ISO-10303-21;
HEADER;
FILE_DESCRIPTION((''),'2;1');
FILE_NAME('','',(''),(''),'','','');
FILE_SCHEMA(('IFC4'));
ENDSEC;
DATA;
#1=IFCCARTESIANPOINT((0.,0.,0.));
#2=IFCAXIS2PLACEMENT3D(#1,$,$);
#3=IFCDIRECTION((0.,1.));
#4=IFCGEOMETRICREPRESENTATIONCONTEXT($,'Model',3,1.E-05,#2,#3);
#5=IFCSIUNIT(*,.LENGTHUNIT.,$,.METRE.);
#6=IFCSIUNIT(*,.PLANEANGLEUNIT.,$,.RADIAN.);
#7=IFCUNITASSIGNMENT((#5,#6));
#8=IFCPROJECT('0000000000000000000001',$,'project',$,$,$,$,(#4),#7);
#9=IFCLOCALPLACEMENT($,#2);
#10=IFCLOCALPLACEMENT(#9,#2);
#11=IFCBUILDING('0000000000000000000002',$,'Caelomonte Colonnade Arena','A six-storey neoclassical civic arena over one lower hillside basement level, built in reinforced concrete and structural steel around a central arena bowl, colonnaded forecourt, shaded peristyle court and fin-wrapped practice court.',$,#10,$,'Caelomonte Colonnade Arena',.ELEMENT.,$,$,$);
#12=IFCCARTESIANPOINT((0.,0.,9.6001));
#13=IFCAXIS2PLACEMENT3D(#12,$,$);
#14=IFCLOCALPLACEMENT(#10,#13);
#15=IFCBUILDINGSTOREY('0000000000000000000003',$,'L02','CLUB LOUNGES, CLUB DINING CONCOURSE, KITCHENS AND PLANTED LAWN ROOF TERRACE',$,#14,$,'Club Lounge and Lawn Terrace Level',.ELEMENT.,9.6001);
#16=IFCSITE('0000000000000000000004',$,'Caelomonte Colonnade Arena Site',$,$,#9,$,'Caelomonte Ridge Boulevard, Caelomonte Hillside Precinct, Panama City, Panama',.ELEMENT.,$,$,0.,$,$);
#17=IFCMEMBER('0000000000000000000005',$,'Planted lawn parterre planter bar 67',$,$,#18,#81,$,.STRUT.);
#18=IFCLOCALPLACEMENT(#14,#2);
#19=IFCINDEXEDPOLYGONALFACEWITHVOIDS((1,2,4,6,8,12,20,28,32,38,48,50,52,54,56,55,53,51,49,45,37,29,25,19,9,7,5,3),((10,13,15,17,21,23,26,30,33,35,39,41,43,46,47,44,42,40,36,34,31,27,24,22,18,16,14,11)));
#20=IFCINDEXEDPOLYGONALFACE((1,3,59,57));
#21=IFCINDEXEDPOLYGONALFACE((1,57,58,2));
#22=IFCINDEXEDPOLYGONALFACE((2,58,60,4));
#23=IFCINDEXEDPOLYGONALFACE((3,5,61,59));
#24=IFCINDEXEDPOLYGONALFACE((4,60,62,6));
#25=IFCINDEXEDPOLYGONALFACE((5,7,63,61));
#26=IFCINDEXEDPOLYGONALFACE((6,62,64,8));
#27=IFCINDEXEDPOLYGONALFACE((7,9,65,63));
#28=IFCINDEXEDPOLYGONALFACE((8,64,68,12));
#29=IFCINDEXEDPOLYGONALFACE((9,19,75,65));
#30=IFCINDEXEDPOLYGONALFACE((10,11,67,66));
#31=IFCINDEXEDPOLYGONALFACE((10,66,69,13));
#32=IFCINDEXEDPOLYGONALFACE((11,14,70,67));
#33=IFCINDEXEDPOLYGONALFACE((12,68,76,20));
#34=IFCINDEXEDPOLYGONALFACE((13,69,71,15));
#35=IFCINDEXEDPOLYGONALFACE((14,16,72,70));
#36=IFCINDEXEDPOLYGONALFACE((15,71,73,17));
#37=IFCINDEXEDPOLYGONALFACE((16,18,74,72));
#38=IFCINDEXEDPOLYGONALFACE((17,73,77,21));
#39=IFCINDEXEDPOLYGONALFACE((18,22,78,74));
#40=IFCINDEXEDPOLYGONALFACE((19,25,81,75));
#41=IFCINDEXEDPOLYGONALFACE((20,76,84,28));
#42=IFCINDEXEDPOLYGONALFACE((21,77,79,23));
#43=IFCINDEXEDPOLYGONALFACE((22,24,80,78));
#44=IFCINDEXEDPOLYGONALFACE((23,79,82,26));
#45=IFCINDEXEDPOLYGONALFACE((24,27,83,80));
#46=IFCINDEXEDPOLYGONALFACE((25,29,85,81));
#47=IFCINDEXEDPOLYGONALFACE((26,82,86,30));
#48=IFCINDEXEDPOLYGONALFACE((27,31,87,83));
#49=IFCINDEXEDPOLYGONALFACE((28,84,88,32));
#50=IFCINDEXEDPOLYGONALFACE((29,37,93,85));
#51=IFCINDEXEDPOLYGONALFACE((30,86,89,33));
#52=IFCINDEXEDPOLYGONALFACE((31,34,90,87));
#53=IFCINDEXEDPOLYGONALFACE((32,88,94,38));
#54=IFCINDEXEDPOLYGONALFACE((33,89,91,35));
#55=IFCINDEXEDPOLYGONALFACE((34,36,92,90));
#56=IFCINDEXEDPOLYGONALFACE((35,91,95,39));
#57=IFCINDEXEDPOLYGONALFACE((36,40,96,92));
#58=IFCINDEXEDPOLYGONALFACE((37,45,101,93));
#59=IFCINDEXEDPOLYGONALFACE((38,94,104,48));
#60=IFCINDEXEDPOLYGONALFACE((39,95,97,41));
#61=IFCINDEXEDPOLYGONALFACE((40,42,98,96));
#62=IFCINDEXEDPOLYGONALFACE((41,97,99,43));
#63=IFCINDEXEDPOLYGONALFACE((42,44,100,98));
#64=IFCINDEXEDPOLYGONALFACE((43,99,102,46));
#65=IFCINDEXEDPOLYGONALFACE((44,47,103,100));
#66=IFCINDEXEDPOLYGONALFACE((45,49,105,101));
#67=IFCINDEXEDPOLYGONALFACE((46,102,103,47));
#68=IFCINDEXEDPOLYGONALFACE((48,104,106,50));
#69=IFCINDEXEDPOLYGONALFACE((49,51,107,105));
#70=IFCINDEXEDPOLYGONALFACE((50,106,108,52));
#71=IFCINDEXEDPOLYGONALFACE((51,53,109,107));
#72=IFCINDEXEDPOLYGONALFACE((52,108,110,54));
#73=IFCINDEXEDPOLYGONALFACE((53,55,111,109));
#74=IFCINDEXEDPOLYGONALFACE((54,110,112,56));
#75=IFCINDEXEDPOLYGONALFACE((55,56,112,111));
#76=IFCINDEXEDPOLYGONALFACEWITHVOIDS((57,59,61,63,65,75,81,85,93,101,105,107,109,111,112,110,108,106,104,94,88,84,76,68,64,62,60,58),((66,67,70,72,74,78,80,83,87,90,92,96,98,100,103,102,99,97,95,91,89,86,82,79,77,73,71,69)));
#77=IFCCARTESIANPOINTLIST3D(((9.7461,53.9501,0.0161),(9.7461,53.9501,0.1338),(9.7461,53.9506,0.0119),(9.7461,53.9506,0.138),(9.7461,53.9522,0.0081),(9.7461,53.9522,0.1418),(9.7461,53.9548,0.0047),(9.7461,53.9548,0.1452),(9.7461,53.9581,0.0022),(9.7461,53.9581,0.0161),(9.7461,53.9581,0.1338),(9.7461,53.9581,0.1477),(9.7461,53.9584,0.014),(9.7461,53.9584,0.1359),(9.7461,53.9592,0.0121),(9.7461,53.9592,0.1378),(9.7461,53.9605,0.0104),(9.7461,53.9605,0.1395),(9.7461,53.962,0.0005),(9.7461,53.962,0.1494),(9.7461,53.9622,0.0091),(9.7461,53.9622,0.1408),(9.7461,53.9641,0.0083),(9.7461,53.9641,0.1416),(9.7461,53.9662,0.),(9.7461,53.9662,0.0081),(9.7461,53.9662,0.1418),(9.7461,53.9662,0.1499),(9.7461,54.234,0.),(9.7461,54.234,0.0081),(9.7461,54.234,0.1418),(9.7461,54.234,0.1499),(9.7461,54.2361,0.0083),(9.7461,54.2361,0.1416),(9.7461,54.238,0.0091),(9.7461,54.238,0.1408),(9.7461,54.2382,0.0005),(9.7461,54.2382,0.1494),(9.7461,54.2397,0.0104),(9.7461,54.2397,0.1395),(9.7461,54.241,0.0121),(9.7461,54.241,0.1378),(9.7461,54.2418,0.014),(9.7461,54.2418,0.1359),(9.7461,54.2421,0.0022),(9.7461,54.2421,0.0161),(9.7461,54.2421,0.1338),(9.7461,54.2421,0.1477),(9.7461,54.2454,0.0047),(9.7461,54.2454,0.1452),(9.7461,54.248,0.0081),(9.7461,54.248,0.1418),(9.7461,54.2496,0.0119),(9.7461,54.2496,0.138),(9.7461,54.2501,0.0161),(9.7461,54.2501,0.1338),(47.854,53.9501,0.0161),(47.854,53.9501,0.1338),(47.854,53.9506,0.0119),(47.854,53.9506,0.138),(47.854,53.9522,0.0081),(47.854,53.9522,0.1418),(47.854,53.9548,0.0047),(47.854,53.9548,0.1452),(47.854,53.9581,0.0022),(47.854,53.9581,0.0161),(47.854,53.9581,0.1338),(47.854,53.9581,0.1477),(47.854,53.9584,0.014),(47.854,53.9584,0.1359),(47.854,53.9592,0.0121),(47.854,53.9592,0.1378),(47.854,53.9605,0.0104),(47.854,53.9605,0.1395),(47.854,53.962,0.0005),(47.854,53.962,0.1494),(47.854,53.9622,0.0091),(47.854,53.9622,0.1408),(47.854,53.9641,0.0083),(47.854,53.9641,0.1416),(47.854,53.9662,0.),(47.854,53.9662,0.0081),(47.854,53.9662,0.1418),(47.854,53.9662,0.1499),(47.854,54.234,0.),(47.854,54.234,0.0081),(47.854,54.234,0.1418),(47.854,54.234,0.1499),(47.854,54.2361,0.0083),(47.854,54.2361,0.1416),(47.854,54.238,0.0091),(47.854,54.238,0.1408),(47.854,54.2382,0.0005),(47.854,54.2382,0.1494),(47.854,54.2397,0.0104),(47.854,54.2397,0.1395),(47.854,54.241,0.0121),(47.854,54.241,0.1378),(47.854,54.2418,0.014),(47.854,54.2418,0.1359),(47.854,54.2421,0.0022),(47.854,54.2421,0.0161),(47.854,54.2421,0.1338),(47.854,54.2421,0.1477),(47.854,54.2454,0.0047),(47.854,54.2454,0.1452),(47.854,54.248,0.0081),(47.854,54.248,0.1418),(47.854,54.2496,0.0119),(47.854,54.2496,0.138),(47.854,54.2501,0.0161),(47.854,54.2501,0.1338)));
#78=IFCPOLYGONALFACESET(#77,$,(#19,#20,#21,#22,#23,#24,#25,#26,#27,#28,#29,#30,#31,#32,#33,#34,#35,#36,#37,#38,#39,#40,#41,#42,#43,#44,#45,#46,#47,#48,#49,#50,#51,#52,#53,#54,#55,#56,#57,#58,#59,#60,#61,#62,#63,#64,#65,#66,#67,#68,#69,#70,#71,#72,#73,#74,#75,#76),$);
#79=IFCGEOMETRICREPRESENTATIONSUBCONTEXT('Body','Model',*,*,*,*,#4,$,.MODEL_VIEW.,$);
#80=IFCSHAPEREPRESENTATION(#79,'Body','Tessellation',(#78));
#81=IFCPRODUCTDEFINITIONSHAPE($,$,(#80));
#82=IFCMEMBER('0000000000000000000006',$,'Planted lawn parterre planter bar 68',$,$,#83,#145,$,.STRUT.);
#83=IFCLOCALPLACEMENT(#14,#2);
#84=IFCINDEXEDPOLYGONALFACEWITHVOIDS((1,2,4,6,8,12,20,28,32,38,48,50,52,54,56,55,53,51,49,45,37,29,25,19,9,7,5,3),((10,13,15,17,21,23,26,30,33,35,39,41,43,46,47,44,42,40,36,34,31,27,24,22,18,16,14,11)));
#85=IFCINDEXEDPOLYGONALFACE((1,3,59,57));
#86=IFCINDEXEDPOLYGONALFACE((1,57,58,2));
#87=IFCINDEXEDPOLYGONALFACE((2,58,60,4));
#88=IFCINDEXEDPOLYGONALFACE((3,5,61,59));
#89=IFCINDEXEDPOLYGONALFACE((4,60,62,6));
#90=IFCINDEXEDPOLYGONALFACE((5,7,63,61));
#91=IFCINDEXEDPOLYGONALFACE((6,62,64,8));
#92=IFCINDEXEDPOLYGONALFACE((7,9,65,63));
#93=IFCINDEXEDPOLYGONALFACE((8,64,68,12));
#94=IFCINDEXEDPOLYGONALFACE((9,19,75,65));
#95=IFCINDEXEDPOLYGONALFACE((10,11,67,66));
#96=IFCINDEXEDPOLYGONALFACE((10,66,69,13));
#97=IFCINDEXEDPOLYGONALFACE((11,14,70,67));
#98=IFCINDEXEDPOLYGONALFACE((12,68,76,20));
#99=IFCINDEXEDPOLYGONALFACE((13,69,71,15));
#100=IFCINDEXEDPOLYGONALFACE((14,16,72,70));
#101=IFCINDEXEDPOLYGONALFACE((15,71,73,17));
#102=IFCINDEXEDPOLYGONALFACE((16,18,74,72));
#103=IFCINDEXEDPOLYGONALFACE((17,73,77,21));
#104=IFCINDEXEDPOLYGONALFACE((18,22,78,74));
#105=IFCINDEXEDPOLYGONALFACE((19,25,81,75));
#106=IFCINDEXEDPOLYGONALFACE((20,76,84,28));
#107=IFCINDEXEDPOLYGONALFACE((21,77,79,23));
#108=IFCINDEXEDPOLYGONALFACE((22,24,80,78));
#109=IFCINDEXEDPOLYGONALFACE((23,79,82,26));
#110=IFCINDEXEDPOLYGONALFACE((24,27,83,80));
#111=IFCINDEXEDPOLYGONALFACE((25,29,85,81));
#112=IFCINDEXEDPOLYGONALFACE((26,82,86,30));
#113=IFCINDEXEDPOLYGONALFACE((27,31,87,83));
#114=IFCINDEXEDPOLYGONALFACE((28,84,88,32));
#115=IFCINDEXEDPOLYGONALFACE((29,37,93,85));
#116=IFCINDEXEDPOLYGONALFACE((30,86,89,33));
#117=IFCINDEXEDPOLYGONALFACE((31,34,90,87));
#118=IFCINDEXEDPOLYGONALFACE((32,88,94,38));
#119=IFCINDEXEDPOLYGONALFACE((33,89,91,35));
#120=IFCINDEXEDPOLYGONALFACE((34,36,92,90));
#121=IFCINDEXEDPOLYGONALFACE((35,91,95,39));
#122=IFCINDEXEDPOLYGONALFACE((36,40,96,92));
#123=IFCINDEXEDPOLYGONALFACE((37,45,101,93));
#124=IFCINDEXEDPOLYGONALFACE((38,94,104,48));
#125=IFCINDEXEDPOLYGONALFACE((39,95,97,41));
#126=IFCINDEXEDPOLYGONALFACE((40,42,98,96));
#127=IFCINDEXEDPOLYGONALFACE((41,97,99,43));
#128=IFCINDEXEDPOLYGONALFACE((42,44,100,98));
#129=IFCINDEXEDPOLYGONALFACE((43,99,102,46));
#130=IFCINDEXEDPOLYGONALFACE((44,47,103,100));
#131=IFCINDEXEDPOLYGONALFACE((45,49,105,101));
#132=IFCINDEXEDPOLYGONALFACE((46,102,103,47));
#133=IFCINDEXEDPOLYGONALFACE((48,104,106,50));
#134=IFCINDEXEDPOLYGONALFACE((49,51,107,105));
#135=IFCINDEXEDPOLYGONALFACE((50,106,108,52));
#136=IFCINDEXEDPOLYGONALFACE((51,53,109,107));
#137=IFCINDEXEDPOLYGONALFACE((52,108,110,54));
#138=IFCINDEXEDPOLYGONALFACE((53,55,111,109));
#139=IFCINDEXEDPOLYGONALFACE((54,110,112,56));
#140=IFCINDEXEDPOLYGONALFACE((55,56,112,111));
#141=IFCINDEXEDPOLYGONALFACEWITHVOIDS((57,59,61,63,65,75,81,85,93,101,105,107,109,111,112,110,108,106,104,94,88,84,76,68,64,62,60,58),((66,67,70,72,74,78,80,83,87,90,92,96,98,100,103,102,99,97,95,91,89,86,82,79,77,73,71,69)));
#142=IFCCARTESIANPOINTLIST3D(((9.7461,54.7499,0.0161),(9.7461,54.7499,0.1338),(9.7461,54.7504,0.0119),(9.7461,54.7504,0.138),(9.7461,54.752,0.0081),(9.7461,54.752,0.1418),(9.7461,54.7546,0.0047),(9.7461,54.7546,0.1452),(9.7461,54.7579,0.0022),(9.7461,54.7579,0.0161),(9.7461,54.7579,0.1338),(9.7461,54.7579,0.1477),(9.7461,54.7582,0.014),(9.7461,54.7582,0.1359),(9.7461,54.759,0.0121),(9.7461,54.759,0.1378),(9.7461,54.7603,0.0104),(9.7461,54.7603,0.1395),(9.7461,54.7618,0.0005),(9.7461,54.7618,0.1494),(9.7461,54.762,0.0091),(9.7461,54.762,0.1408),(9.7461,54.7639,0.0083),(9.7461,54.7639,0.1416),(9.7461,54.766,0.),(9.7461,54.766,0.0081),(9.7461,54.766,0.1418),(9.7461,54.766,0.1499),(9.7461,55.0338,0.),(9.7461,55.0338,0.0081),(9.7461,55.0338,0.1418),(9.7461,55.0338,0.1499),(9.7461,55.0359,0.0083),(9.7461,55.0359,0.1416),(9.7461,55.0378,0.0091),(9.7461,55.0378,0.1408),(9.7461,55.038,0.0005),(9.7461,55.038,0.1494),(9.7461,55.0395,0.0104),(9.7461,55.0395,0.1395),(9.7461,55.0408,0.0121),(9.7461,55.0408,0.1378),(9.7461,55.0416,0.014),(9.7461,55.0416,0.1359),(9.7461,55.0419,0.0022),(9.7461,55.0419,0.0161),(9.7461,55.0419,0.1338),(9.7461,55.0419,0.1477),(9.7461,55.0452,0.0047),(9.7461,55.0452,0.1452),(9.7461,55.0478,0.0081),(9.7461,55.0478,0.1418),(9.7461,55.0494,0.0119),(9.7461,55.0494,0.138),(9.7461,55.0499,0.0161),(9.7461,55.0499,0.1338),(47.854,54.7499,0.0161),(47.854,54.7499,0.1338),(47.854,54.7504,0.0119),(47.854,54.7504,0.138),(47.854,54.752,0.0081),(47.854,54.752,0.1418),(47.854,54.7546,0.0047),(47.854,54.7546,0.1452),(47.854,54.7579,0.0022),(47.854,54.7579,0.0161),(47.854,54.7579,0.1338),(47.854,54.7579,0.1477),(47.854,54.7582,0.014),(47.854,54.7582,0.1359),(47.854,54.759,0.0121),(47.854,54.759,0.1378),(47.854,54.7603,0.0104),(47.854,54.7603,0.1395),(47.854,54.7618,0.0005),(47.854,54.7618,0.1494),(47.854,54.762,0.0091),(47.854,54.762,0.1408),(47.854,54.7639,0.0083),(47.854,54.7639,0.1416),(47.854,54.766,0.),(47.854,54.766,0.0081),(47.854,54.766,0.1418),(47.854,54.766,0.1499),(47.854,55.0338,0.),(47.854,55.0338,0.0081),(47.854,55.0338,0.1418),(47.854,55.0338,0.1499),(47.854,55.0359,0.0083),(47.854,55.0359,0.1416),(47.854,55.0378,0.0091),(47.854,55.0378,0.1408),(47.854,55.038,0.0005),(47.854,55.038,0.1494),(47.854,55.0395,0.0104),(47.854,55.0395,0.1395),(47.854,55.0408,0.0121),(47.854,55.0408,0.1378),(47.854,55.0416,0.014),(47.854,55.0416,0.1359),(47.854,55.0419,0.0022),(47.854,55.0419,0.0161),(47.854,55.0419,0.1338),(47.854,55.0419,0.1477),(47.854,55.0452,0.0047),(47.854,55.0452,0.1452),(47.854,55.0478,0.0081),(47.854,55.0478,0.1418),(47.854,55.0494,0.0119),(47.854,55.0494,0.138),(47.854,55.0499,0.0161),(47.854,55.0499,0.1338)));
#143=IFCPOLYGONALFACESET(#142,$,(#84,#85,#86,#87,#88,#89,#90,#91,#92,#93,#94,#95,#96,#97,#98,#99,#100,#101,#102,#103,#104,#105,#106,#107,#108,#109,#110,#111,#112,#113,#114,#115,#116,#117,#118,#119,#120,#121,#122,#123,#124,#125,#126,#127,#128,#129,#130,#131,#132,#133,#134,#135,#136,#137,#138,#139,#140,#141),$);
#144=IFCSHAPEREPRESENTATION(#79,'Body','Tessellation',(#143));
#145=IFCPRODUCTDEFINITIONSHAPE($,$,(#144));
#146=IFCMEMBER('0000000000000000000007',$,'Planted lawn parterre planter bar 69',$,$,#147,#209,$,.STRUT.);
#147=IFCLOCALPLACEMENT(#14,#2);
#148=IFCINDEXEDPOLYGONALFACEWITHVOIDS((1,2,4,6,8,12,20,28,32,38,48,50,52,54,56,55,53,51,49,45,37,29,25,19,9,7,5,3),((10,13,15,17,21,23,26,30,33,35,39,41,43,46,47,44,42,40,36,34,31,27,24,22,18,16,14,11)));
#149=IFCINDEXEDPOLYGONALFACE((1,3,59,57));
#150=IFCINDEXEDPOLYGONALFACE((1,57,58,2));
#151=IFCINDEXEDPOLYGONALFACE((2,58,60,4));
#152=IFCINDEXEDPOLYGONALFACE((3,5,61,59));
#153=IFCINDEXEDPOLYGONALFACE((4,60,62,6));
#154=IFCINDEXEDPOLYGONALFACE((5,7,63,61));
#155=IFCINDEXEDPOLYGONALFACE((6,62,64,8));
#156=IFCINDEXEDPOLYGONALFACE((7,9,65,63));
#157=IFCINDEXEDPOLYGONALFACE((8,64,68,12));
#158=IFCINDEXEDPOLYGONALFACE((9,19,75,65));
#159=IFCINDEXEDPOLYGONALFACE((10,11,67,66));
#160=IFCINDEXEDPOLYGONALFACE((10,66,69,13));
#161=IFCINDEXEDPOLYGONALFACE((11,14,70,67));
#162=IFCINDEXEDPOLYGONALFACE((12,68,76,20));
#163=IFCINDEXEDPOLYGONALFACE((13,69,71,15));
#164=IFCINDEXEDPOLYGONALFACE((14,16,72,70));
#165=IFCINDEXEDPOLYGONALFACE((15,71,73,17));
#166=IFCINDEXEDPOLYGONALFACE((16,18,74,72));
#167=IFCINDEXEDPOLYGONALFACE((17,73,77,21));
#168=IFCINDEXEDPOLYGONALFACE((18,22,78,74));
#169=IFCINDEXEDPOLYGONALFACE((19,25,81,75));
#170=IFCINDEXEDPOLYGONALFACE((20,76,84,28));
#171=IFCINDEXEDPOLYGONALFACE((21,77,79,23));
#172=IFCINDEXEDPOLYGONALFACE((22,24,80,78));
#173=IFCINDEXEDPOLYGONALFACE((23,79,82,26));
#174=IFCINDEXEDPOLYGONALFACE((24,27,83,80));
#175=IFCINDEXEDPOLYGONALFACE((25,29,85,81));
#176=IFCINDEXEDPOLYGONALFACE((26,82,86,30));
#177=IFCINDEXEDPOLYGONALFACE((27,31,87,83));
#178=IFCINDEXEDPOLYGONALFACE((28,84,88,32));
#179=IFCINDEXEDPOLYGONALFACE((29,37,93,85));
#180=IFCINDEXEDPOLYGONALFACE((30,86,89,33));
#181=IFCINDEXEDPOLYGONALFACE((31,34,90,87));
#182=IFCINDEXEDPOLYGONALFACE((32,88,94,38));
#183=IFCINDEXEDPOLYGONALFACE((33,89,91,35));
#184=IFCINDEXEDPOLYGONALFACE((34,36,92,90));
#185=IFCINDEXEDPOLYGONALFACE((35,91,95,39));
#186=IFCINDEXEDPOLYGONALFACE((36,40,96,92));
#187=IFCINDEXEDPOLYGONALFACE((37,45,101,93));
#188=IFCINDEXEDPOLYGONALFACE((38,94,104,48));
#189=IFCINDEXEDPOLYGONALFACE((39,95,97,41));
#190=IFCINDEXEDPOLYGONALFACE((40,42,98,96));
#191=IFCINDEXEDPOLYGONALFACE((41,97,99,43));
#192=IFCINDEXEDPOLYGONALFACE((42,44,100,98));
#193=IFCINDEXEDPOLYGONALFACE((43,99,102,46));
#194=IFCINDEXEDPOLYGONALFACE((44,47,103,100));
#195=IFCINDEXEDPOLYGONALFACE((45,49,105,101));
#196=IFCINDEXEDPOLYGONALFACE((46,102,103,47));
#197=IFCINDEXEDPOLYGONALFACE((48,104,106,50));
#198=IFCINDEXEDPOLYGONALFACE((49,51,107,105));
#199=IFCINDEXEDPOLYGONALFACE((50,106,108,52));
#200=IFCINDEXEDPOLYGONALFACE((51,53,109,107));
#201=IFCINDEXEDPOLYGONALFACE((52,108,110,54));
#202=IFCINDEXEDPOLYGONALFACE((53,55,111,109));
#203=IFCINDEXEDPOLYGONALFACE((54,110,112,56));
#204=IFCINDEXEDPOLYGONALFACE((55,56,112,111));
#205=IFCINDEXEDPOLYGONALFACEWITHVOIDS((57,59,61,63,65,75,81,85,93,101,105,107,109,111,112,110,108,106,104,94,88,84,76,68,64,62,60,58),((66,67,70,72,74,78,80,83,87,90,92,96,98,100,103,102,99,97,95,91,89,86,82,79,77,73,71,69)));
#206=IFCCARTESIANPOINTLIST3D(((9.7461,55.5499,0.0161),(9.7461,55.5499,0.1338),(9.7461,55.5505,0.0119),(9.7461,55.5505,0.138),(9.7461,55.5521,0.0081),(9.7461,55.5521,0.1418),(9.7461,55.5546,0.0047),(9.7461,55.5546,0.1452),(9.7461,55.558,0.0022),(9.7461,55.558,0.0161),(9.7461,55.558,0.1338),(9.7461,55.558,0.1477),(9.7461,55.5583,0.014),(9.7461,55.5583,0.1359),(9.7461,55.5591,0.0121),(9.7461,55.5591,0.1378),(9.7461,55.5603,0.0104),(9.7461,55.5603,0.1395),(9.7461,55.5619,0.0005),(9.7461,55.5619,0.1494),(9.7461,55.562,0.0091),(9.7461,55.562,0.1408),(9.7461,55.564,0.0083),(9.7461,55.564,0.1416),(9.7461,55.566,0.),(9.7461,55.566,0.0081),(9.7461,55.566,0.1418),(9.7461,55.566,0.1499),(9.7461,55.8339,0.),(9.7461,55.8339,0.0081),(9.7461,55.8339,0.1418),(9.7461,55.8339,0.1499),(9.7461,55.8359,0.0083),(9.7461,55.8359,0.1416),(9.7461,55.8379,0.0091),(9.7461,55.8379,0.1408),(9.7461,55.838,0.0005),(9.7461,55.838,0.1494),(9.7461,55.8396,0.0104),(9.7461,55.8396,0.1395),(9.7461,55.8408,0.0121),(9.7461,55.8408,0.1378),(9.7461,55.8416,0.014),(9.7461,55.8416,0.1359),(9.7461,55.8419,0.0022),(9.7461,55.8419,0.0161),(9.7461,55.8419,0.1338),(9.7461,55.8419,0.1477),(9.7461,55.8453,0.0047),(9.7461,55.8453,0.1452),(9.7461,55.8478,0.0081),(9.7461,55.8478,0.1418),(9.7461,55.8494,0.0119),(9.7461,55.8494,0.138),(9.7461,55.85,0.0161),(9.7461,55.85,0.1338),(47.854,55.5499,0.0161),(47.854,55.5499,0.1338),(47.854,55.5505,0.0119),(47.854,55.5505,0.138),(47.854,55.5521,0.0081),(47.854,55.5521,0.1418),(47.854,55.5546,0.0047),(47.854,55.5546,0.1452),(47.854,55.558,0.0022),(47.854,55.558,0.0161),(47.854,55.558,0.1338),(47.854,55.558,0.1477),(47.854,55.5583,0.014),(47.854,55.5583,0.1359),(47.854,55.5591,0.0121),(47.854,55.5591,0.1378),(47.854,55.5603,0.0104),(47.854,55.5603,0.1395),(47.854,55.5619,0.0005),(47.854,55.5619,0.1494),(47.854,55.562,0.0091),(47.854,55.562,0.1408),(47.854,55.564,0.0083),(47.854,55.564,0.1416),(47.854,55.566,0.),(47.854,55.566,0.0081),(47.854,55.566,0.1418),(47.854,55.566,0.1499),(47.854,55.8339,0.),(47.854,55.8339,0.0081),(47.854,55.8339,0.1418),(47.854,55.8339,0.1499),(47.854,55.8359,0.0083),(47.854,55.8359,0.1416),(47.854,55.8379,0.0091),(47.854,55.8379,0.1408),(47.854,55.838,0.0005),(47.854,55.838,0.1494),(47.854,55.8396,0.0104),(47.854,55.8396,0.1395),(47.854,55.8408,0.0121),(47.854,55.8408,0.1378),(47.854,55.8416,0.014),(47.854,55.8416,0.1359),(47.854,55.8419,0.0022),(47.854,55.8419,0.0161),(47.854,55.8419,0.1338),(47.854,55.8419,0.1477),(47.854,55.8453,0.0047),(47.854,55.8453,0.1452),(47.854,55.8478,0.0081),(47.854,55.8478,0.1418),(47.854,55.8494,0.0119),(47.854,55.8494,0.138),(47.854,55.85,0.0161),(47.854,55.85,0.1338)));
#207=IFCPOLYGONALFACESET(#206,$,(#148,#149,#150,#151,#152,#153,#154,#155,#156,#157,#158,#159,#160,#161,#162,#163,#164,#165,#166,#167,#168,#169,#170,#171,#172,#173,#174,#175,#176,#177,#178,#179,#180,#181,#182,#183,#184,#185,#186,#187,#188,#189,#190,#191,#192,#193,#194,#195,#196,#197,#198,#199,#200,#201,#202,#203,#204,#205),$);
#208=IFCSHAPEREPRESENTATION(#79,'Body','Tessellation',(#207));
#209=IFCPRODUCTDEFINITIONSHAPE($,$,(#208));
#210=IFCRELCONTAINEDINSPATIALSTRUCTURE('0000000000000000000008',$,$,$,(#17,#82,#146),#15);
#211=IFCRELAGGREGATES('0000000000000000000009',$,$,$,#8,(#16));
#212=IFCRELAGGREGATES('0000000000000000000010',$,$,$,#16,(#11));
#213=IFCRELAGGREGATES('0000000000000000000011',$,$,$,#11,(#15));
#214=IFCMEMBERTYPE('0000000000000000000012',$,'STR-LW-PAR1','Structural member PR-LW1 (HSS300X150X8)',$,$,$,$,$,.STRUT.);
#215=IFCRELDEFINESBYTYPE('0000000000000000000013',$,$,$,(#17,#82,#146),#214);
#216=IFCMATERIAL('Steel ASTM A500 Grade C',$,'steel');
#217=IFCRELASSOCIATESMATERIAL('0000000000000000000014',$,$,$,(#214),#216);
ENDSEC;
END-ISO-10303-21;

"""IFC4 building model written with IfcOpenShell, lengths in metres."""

from ifc_helpers import new_model, si_unit, direction, frame, origin, origin_2d, place, context, subcontext, project, spatial, hollow_rectangle, extrude, material, material_profile, profile_set, type_object, element, save


model = new_model("IFC4")

# Units and contexts
model_context = context("Model", 3, precision=1e-05, world=origin(), true_north=direction((0.0, 1.0)))
body_context = subcontext(model_context, "Body", "Model", "MODEL_VIEW")
ifc_project = project(units=[si_unit("LENGTHUNIT", "METRE"), si_unit("PLANEANGLEUNIT", "RADIAN")], contexts=[model_context])

# Site, building, storey
site_placement = place(None, origin())
site = spatial("IfcSite", under=ifc_project, at=site_placement, Name="Caelomonte Colonnade Arena Site", LongName="Caelomonte Ridge Boulevard, Caelomonte Hillside Precinct, Panama City, Panama", CompositionType="ELEMENT", RefElevation=0.0)
building_placement = place(site_placement, origin())
building = spatial("IfcBuilding", under=site, at=building_placement, Name="Caelomonte Colonnade Arena", Description="A six-storey neoclassical civic arena over one lower hillside basement level, built in reinforced concrete and structural steel around a central arena bowl, colonnaded forecourt, shaded peristyle court and fin-wrapped practice court.", LongName="Caelomonte Colonnade Arena", CompositionType="ELEMENT")
storey_placement = place(building_placement, frame((0.0, 0.0, 9.6001)))
storey = spatial("IfcBuildingStorey", under=building, at=storey_placement, Name="L02", Description="CLUB LOUNGES, CLUB DINING CONCOURSE, KITCHENS AND PLANTED LAWN ROOF TERRACE", LongName="Club Lounge and Lawn Terrace Level", CompositionType="ELEMENT", Elevation=9.6001)

# Members
ifc_material_1 = material(Name="Steel ASTM A500 Grade C", Category="steel")
ifc_material_profile_1 = material_profile(ifc_material_1, hollow_rectangle(XDim=0.3, YDim=0.1499, WallThickness=0.0081, InnerFilletRadius=0.0081, OuterFilletRadius=0.0161, at=origin_2d()), Name="HSS300X150X8")
ifc_profile_set_1 = profile_set([ifc_material_profile_1], Name="Steel ASTM A500 Grade C")
member_type = type_object("IfcMemberType", Name="STR-LW-PAR1", Description="Structural member PR-LW1 (HSS300X150X8)", PredefinedType="STRUT", material=ifc_profile_set_1)
for number, where, z_axis, x_axis, name in (
    (1, (9.7461, 54.1001, 0.075), (1.0, 0.0, 0.0), (0.0, 1.0, 0.0), "Planted lawn parterre planter bar 67"),
    (2, (9.7461, 54.8999, 0.075), (1.0, 0.0, 0.0), (0.0, 1.0, 0.0), "Planted lawn parterre planter bar 68"),
    (3, (9.7461, 55.7, 0.075), (1.0, 0.0, 0.0), (0.0, 1.0, 0.0), "Planted lawn parterre planter bar 69"),
):
    element("IfcMember", number, at=place(storey_placement, frame(where, z_axis=z_axis, x_axis=x_axis)), inside=storey, type_object=member_type, Name=name, PredefinedType="STRUT", context=body_context, shape_type="SweptSolid", body=[
        extrude(hollow_rectangle(XDim=0.3, YDim=0.1499, WallThickness=0.0081, InnerFilletRadius=0.0081, OuterFilletRadius=0.0161, at=origin_2d()), origin(), (0.0, 0.0, 1.0), 38.1079),
    ])

save(model, "model.ifc")
